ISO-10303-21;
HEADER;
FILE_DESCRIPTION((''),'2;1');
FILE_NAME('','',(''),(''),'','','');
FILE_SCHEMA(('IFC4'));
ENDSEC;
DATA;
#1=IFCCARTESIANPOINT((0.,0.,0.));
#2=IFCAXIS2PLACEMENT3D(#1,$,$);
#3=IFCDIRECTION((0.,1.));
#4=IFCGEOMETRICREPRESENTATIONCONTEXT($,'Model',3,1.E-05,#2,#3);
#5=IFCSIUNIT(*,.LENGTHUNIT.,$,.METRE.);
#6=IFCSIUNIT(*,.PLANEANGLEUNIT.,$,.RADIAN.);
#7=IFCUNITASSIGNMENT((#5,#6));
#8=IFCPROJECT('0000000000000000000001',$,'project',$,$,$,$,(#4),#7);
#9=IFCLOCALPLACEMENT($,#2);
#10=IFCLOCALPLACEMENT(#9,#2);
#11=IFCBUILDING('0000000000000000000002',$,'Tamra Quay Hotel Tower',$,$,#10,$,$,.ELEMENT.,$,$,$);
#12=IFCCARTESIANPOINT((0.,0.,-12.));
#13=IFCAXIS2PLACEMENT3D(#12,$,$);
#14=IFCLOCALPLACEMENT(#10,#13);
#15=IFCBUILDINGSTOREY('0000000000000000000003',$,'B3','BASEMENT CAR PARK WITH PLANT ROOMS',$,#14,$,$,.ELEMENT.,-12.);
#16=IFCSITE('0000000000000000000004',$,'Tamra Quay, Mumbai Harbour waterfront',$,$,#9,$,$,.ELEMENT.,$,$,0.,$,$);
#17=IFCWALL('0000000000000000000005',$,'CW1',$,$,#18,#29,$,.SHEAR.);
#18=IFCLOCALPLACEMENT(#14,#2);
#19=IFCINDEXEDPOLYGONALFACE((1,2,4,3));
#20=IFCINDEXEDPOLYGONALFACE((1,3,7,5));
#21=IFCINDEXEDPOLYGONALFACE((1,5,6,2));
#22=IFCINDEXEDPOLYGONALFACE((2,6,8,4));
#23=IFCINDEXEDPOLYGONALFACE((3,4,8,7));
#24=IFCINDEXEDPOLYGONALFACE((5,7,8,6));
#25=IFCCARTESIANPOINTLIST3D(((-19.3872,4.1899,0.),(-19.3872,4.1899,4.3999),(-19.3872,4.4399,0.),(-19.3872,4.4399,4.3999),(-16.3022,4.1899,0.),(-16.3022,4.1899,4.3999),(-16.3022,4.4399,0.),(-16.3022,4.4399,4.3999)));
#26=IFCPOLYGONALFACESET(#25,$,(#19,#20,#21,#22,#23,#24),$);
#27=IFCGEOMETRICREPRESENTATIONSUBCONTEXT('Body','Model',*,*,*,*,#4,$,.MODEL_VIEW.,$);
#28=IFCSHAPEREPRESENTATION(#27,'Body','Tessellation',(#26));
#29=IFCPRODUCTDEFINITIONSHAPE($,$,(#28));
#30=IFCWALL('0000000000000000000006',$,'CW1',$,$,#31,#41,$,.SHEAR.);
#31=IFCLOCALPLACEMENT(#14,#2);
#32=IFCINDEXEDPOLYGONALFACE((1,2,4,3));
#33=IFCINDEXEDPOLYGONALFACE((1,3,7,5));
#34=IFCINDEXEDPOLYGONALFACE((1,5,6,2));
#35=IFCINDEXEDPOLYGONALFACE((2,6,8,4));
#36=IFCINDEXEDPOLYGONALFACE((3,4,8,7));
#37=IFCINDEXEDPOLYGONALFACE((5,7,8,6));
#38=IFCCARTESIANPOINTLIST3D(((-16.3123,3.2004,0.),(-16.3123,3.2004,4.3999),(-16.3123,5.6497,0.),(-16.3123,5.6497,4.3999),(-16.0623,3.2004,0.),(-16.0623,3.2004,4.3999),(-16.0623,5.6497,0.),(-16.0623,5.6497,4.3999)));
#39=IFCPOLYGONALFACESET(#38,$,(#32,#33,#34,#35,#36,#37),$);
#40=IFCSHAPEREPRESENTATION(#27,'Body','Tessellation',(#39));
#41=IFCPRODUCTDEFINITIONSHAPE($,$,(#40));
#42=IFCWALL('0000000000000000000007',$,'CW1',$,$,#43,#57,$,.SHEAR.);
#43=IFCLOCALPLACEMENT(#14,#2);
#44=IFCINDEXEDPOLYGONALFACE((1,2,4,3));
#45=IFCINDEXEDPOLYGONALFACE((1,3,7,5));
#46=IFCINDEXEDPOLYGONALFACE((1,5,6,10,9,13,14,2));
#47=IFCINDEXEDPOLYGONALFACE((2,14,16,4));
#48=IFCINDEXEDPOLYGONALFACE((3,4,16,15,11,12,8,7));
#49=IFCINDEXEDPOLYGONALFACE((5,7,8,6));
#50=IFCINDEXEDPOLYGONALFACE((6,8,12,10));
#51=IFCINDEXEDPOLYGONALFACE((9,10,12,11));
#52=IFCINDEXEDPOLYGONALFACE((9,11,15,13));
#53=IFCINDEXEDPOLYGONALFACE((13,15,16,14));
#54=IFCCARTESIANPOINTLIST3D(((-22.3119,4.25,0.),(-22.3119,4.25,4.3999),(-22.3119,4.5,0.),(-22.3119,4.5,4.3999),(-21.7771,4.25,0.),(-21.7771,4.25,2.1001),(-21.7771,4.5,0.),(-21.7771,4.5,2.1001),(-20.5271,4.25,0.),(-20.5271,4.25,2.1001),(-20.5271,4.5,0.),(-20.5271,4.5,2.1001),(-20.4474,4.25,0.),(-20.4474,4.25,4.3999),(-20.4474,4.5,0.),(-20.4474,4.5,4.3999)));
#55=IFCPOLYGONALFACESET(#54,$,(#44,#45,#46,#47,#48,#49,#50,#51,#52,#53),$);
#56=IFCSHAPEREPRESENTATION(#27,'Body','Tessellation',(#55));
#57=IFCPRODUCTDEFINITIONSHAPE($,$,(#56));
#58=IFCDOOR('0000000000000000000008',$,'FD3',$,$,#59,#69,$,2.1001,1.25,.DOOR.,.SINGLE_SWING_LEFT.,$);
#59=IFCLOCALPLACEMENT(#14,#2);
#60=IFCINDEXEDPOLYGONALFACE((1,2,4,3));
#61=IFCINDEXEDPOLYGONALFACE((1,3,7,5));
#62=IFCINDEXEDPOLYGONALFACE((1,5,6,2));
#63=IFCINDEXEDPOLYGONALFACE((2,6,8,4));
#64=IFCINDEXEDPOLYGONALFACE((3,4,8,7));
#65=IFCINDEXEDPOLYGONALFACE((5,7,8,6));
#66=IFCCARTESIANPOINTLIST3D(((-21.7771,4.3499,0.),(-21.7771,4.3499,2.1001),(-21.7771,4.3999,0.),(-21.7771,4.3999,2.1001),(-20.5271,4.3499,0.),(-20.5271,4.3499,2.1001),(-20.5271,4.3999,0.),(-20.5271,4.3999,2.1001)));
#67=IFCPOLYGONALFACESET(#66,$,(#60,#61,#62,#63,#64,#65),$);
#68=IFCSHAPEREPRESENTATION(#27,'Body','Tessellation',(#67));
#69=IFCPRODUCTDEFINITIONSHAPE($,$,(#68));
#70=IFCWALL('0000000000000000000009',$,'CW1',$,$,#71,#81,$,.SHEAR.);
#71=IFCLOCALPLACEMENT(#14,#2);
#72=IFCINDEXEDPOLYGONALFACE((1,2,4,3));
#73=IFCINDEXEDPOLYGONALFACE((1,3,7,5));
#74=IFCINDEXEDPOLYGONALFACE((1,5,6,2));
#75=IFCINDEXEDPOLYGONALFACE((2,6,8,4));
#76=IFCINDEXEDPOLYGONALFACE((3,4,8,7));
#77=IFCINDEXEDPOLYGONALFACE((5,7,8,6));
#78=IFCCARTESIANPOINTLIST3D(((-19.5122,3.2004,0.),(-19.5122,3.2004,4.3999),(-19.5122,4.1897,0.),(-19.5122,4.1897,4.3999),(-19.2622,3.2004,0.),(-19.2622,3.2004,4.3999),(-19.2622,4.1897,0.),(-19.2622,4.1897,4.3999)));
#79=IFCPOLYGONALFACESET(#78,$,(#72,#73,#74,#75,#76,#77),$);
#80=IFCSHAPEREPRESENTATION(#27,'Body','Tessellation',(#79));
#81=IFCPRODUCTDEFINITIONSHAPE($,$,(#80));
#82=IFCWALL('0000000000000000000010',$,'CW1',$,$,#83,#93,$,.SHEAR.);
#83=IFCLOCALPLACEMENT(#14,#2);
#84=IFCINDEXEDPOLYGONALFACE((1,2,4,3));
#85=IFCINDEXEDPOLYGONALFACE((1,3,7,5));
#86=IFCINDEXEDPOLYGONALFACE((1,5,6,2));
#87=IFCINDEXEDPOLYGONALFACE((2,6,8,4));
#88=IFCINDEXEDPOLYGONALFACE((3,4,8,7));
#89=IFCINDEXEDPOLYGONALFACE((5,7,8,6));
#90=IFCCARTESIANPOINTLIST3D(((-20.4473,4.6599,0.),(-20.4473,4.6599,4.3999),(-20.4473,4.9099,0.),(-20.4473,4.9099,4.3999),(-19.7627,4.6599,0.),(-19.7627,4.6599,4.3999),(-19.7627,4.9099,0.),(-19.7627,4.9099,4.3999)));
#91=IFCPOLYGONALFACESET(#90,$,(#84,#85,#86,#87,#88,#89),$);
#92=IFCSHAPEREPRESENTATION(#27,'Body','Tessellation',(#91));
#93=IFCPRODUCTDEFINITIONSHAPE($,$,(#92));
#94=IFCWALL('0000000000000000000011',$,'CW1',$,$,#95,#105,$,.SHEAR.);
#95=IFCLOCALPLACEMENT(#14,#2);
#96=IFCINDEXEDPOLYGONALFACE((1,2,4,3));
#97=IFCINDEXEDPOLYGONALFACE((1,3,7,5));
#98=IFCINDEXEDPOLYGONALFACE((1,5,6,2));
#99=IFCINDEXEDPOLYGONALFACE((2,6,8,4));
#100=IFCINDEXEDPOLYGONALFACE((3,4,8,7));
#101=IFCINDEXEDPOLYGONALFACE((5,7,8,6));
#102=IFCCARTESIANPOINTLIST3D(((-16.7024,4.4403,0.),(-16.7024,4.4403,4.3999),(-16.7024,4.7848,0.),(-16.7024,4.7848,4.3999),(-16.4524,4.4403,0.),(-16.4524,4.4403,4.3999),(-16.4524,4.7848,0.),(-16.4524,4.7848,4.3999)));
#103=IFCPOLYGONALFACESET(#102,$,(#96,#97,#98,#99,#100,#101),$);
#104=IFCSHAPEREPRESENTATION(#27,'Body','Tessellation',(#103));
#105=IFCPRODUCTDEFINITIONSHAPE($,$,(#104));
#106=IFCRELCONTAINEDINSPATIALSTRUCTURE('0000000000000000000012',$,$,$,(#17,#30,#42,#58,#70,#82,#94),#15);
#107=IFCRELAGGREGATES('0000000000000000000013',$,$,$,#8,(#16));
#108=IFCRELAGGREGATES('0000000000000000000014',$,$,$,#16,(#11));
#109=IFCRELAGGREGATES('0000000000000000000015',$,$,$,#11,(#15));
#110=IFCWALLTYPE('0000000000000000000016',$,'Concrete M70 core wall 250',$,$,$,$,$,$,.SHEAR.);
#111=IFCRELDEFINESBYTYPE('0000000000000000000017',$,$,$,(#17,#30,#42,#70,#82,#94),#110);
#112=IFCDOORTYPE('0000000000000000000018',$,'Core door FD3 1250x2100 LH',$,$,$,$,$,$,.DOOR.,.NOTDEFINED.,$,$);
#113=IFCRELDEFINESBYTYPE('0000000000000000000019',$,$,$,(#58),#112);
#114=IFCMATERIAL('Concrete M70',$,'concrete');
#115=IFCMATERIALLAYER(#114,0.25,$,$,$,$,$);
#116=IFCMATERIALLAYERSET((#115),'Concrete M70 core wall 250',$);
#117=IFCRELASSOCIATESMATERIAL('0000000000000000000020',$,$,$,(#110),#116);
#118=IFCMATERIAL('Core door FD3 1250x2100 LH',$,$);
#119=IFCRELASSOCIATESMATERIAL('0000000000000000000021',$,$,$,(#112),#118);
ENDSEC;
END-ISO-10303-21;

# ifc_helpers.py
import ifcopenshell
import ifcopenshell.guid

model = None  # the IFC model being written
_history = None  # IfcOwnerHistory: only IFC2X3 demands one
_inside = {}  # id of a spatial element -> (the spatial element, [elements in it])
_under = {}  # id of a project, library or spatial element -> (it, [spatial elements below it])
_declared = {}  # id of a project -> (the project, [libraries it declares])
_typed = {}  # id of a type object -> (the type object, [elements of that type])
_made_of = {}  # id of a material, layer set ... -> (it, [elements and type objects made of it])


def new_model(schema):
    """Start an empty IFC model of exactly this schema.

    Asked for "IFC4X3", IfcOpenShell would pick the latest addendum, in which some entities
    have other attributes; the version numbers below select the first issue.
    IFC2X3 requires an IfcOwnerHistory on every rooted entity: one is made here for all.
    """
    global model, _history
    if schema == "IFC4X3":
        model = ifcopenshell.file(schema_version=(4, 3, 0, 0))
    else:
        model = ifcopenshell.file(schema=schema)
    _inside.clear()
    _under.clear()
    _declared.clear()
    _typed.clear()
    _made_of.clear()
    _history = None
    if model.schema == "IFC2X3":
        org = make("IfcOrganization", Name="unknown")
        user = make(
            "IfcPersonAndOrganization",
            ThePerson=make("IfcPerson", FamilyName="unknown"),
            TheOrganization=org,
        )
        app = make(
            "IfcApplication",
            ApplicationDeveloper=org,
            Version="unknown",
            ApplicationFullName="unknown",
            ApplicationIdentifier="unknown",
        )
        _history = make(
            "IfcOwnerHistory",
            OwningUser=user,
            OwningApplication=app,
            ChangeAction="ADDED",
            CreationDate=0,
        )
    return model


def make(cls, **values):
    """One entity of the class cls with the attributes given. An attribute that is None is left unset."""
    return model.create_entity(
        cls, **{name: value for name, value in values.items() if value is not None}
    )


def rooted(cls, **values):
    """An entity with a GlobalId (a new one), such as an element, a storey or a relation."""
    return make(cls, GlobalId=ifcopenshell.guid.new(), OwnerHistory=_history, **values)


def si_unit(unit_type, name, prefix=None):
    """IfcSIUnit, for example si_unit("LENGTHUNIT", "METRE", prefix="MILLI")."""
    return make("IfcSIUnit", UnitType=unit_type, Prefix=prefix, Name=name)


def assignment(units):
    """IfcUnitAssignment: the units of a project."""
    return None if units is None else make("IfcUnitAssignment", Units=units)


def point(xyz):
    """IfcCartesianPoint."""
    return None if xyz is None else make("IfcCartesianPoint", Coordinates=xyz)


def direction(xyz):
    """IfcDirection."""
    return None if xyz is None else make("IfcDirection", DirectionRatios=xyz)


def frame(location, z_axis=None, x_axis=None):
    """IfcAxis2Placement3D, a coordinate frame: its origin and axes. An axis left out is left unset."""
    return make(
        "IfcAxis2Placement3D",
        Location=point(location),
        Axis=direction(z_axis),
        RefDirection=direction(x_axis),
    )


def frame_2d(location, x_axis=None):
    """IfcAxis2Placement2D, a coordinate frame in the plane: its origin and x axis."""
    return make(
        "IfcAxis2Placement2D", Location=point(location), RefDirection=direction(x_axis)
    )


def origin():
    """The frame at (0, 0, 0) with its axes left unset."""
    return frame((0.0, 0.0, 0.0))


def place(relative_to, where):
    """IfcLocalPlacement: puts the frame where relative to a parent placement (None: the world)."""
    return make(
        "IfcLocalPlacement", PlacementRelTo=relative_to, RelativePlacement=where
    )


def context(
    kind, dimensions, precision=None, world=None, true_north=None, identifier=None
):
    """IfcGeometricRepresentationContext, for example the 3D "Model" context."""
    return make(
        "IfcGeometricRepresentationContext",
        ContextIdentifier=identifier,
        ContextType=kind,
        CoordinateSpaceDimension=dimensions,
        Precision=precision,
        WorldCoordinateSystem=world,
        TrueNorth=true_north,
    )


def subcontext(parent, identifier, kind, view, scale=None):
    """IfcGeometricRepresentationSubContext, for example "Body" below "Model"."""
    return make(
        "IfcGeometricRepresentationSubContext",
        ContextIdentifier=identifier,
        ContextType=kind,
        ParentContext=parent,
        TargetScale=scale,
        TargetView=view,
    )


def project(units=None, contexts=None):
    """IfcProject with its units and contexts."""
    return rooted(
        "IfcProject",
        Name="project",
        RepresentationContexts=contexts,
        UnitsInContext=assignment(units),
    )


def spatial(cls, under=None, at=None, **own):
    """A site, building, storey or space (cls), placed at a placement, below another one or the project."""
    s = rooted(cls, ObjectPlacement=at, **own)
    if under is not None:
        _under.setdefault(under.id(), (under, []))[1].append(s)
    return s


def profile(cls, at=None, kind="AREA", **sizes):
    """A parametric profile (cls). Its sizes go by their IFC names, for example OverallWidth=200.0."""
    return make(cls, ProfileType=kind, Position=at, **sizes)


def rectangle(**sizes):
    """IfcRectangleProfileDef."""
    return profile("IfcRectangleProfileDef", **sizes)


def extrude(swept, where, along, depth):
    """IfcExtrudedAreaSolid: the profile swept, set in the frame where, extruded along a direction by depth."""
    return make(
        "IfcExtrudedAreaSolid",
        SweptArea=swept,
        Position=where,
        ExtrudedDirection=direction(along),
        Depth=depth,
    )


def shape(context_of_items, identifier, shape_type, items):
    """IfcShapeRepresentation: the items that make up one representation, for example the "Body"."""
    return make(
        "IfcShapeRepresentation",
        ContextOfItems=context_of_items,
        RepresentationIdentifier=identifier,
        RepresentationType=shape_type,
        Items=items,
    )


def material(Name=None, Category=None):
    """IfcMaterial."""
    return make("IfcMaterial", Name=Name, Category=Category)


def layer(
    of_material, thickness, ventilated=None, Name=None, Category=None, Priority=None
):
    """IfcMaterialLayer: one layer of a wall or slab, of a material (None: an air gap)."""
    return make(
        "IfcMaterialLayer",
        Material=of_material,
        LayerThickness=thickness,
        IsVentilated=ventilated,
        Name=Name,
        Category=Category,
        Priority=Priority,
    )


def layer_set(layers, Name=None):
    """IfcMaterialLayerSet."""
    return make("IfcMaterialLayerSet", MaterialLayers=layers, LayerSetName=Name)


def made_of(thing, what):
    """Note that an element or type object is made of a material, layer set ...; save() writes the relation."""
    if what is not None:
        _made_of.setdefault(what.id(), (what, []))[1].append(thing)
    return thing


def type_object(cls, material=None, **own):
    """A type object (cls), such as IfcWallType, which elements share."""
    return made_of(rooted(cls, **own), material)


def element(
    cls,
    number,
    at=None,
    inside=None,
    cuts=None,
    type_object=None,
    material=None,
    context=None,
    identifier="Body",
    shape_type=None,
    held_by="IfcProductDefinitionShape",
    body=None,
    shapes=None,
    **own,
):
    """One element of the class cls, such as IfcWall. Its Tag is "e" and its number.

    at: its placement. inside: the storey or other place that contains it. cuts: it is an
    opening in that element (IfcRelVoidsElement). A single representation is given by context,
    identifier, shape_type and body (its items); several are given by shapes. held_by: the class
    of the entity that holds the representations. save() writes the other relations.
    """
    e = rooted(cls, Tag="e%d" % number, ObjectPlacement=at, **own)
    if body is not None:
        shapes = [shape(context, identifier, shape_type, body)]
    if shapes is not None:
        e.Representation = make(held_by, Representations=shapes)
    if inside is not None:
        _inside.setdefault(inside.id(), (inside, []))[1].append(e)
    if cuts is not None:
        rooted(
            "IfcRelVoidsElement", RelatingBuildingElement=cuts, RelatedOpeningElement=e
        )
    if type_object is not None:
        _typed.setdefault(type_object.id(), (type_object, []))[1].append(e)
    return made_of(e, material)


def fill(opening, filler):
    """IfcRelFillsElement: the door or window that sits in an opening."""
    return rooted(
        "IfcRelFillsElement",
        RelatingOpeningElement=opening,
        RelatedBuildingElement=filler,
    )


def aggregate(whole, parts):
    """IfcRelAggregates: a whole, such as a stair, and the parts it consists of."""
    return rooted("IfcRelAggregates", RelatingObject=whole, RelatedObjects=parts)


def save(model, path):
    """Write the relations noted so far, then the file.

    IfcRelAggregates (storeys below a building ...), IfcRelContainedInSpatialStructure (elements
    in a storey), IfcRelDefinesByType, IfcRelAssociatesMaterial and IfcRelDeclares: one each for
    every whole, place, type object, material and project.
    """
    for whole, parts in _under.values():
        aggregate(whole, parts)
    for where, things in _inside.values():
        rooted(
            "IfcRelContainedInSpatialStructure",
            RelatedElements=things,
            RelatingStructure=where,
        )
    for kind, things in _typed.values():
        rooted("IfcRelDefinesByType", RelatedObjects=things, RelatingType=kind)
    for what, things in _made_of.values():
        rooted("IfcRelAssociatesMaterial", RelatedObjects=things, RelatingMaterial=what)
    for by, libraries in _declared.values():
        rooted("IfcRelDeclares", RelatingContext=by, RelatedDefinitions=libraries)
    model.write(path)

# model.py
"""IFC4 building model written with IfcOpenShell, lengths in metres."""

from ifc_helpers import new_model, si_unit, direction, frame, frame_2d, origin, place, context, subcontext, project, spatial, rectangle, extrude, material, layer, layer_set, type_object, element, fill, save


model = new_model("IFC4")

# Units and contexts
model_context = context("Model", 3, precision=1e-05, world=origin(), true_north=direction((0.0, 1.0)))
body_context = subcontext(model_context, "Body", "Model", "MODEL_VIEW")
ifc_project = project(units=[si_unit("LENGTHUNIT", "METRE"), si_unit("PLANEANGLEUNIT", "RADIAN")], contexts=[model_context])

# Site, building, storey
site_placement = place(None, origin())
site = spatial("IfcSite", under=ifc_project, at=site_placement, Name="Tamra Quay, Mumbai Harbour waterfront", CompositionType="ELEMENT", RefElevation=0.0)
building_placement = place(site_placement, origin())
building = spatial("IfcBuilding", under=site, at=building_placement, Name="Tamra Quay Hotel Tower", CompositionType="ELEMENT")
storey_placement = place(building_placement, frame((0.0, 0.0, -12.0)))
storey = spatial("IfcBuildingStorey", under=building, at=storey_placement, Name="B3", Description="BASEMENT CAR PARK WITH PLANT ROOMS", CompositionType="ELEMENT", Elevation=-12.0)

# Shared definitions
ifc_material_1 = material(Name="Concrete M70", Category="concrete")

# Walls
ifc_layer_1 = layer(ifc_material_1, 0.25)
ifc_layer_set_1 = layer_set([ifc_layer_1], Name="Concrete M70 core wall 250")
wall_type_1 = type_object("IfcWallType", Name="Concrete M70 core wall 250", PredefinedType="SHEAR", material=ifc_layer_set_1)
wall_1_placement = place(storey_placement, frame((-16.3022, 4.3149, 0.0), z_axis=(0.0, 0.0, 1.0), x_axis=(-1.0, 0.0, 0.0)))
element("IfcWall", 1, at=wall_1_placement, inside=storey, type_object=wall_type_1, Name="CW1", PredefinedType="SHEAR", context=body_context, shape_type="SweptSolid", body=[
    extrude(rectangle(XDim=3.085, YDim=0.25, at=frame_2d((1.5425, 0.0))), origin(), (0.0, 0.0, 1.0), 4.3999),
])
wall_2_placement = place(storey_placement, frame((-16.1873, 3.2004, 0.0), z_axis=(0.0, 0.0, 1.0), x_axis=(0.0, 1.0, 0.0)))
element("IfcWall", 2, at=wall_2_placement, inside=storey, type_object=wall_type_1, Name="CW1", PredefinedType="SHEAR", context=body_context, shape_type="SweptSolid", body=[
    extrude(rectangle(XDim=2.4492, YDim=0.25, at=frame_2d((1.2246, 0.0))), origin(), (0.0, 0.0, 1.0), 4.3999),
])

# Wall, opening, door
wall_3_placement = place(storey_placement, frame((-22.3118, 4.375, 0.0), z_axis=(0.0, 0.0, 1.0), x_axis=(1.0, 0.0, 0.0)))
wall_3 = element("IfcWall", 3, at=wall_3_placement, inside=storey, type_object=wall_type_1, Name="CW1", PredefinedType="SHEAR", context=body_context, shape_type="SweptSolid", body=[
    extrude(rectangle(XDim=1.8645, YDim=0.25, at=frame_2d((0.9321, 0.0))), origin(), (0.0, 0.0, 1.0), 4.3999),
])
opening_1_placement = place(wall_3_placement, frame((0.5347, 0.0, 0.0)))
opening_1 = element("IfcOpeningElement", 4, at=opening_1_placement, cuts=wall_3, PredefinedType="OPENING", context=body_context, shape_type="SweptSolid", body=[
    extrude(rectangle(XDim=1.25, YDim=2.1001, at=frame_2d((0.625, 1.05))), frame((0.0, 0.135, 0.0), z_axis=(0.0, -1.0, 0.0), x_axis=(1.0, 0.0, 0.0)), (0.0, 0.0, 1.0), 0.27),
])
ifc_material_2 = material(Name="Core door FD3 1250x2100 LH")
door_type_1 = type_object("IfcDoorType", Name="Core door FD3 1250x2100 LH", OperationType="NOTDEFINED", PredefinedType="DOOR", material=ifc_material_2)
door_1_placement = place(opening_1_placement, origin())
door_1 = element("IfcDoor", 5, at=door_1_placement, inside=storey, type_object=door_type_1, Name="FD3", OperationType="SINGLE_SWING_LEFT", OverallHeight=2.1001, OverallWidth=1.25, PredefinedType="DOOR", context=body_context, shape_type="SweptSolid", body=[
    extrude(rectangle(XDim=1.25, YDim=2.1001, at=frame_2d((0.625, 1.05))), frame((0.0, 0.0249, 0.0), z_axis=(0.0, -1.0, 0.0), x_axis=(1.0, 0.0, 0.0)), (0.0, 0.0, 1.0), 0.05),
])
fill(opening_1, door_1)

# Walls
wall_4_placement = place(storey_placement, frame((-19.3872, 4.1897, 0.0), z_axis=(0.0, 0.0, 1.0), x_axis=(0.0, -1.0, 0.0)))
element("IfcWall", 6, at=wall_4_placement, inside=storey, type_object=wall_type_1, Name="CW1", PredefinedType="SHEAR", context=body_context, shape_type="SweptSolid", body=[
    extrude(rectangle(XDim=0.9893, YDim=0.25, at=frame_2d((0.4946, 0.0))), origin(), (0.0, 0.0, 1.0), 4.3999),
])
wall_5_placement = place(storey_placement, frame((-20.4473, 4.7849, 0.0), z_axis=(0.0, 0.0, 1.0), x_axis=(1.0, 0.0, 0.0)))
element("IfcWall", 7, at=wall_5_placement, inside=storey, type_object=wall_type_1, Name="CW1", PredefinedType="SHEAR", context=body_context, shape_type="SweptSolid", body=[
    extrude(rectangle(XDim=0.6846, YDim=0.25, at=frame_2d((0.3423, 0.0))), origin(), (0.0, 0.0, 1.0), 4.3999),
])
wall_6_placement = place(storey_placement, frame((-16.5774, 4.7849, 0.0), z_axis=(0.0, 0.0, 1.0), x_axis=(0.0, -1.0, 0.0)))
element("IfcWall", 8, at=wall_6_placement, inside=storey, type_object=wall_type_1, Name="CW1", PredefinedType="SHEAR", context=body_context, shape_type="SweptSolid", body=[
    extrude(rectangle(XDim=0.3445, YDim=0.25, at=frame_2d((0.1724, 0.0))), origin(), (0.0, 0.0, 1.0), 4.3999),
])

save(model, "model.ifc")
